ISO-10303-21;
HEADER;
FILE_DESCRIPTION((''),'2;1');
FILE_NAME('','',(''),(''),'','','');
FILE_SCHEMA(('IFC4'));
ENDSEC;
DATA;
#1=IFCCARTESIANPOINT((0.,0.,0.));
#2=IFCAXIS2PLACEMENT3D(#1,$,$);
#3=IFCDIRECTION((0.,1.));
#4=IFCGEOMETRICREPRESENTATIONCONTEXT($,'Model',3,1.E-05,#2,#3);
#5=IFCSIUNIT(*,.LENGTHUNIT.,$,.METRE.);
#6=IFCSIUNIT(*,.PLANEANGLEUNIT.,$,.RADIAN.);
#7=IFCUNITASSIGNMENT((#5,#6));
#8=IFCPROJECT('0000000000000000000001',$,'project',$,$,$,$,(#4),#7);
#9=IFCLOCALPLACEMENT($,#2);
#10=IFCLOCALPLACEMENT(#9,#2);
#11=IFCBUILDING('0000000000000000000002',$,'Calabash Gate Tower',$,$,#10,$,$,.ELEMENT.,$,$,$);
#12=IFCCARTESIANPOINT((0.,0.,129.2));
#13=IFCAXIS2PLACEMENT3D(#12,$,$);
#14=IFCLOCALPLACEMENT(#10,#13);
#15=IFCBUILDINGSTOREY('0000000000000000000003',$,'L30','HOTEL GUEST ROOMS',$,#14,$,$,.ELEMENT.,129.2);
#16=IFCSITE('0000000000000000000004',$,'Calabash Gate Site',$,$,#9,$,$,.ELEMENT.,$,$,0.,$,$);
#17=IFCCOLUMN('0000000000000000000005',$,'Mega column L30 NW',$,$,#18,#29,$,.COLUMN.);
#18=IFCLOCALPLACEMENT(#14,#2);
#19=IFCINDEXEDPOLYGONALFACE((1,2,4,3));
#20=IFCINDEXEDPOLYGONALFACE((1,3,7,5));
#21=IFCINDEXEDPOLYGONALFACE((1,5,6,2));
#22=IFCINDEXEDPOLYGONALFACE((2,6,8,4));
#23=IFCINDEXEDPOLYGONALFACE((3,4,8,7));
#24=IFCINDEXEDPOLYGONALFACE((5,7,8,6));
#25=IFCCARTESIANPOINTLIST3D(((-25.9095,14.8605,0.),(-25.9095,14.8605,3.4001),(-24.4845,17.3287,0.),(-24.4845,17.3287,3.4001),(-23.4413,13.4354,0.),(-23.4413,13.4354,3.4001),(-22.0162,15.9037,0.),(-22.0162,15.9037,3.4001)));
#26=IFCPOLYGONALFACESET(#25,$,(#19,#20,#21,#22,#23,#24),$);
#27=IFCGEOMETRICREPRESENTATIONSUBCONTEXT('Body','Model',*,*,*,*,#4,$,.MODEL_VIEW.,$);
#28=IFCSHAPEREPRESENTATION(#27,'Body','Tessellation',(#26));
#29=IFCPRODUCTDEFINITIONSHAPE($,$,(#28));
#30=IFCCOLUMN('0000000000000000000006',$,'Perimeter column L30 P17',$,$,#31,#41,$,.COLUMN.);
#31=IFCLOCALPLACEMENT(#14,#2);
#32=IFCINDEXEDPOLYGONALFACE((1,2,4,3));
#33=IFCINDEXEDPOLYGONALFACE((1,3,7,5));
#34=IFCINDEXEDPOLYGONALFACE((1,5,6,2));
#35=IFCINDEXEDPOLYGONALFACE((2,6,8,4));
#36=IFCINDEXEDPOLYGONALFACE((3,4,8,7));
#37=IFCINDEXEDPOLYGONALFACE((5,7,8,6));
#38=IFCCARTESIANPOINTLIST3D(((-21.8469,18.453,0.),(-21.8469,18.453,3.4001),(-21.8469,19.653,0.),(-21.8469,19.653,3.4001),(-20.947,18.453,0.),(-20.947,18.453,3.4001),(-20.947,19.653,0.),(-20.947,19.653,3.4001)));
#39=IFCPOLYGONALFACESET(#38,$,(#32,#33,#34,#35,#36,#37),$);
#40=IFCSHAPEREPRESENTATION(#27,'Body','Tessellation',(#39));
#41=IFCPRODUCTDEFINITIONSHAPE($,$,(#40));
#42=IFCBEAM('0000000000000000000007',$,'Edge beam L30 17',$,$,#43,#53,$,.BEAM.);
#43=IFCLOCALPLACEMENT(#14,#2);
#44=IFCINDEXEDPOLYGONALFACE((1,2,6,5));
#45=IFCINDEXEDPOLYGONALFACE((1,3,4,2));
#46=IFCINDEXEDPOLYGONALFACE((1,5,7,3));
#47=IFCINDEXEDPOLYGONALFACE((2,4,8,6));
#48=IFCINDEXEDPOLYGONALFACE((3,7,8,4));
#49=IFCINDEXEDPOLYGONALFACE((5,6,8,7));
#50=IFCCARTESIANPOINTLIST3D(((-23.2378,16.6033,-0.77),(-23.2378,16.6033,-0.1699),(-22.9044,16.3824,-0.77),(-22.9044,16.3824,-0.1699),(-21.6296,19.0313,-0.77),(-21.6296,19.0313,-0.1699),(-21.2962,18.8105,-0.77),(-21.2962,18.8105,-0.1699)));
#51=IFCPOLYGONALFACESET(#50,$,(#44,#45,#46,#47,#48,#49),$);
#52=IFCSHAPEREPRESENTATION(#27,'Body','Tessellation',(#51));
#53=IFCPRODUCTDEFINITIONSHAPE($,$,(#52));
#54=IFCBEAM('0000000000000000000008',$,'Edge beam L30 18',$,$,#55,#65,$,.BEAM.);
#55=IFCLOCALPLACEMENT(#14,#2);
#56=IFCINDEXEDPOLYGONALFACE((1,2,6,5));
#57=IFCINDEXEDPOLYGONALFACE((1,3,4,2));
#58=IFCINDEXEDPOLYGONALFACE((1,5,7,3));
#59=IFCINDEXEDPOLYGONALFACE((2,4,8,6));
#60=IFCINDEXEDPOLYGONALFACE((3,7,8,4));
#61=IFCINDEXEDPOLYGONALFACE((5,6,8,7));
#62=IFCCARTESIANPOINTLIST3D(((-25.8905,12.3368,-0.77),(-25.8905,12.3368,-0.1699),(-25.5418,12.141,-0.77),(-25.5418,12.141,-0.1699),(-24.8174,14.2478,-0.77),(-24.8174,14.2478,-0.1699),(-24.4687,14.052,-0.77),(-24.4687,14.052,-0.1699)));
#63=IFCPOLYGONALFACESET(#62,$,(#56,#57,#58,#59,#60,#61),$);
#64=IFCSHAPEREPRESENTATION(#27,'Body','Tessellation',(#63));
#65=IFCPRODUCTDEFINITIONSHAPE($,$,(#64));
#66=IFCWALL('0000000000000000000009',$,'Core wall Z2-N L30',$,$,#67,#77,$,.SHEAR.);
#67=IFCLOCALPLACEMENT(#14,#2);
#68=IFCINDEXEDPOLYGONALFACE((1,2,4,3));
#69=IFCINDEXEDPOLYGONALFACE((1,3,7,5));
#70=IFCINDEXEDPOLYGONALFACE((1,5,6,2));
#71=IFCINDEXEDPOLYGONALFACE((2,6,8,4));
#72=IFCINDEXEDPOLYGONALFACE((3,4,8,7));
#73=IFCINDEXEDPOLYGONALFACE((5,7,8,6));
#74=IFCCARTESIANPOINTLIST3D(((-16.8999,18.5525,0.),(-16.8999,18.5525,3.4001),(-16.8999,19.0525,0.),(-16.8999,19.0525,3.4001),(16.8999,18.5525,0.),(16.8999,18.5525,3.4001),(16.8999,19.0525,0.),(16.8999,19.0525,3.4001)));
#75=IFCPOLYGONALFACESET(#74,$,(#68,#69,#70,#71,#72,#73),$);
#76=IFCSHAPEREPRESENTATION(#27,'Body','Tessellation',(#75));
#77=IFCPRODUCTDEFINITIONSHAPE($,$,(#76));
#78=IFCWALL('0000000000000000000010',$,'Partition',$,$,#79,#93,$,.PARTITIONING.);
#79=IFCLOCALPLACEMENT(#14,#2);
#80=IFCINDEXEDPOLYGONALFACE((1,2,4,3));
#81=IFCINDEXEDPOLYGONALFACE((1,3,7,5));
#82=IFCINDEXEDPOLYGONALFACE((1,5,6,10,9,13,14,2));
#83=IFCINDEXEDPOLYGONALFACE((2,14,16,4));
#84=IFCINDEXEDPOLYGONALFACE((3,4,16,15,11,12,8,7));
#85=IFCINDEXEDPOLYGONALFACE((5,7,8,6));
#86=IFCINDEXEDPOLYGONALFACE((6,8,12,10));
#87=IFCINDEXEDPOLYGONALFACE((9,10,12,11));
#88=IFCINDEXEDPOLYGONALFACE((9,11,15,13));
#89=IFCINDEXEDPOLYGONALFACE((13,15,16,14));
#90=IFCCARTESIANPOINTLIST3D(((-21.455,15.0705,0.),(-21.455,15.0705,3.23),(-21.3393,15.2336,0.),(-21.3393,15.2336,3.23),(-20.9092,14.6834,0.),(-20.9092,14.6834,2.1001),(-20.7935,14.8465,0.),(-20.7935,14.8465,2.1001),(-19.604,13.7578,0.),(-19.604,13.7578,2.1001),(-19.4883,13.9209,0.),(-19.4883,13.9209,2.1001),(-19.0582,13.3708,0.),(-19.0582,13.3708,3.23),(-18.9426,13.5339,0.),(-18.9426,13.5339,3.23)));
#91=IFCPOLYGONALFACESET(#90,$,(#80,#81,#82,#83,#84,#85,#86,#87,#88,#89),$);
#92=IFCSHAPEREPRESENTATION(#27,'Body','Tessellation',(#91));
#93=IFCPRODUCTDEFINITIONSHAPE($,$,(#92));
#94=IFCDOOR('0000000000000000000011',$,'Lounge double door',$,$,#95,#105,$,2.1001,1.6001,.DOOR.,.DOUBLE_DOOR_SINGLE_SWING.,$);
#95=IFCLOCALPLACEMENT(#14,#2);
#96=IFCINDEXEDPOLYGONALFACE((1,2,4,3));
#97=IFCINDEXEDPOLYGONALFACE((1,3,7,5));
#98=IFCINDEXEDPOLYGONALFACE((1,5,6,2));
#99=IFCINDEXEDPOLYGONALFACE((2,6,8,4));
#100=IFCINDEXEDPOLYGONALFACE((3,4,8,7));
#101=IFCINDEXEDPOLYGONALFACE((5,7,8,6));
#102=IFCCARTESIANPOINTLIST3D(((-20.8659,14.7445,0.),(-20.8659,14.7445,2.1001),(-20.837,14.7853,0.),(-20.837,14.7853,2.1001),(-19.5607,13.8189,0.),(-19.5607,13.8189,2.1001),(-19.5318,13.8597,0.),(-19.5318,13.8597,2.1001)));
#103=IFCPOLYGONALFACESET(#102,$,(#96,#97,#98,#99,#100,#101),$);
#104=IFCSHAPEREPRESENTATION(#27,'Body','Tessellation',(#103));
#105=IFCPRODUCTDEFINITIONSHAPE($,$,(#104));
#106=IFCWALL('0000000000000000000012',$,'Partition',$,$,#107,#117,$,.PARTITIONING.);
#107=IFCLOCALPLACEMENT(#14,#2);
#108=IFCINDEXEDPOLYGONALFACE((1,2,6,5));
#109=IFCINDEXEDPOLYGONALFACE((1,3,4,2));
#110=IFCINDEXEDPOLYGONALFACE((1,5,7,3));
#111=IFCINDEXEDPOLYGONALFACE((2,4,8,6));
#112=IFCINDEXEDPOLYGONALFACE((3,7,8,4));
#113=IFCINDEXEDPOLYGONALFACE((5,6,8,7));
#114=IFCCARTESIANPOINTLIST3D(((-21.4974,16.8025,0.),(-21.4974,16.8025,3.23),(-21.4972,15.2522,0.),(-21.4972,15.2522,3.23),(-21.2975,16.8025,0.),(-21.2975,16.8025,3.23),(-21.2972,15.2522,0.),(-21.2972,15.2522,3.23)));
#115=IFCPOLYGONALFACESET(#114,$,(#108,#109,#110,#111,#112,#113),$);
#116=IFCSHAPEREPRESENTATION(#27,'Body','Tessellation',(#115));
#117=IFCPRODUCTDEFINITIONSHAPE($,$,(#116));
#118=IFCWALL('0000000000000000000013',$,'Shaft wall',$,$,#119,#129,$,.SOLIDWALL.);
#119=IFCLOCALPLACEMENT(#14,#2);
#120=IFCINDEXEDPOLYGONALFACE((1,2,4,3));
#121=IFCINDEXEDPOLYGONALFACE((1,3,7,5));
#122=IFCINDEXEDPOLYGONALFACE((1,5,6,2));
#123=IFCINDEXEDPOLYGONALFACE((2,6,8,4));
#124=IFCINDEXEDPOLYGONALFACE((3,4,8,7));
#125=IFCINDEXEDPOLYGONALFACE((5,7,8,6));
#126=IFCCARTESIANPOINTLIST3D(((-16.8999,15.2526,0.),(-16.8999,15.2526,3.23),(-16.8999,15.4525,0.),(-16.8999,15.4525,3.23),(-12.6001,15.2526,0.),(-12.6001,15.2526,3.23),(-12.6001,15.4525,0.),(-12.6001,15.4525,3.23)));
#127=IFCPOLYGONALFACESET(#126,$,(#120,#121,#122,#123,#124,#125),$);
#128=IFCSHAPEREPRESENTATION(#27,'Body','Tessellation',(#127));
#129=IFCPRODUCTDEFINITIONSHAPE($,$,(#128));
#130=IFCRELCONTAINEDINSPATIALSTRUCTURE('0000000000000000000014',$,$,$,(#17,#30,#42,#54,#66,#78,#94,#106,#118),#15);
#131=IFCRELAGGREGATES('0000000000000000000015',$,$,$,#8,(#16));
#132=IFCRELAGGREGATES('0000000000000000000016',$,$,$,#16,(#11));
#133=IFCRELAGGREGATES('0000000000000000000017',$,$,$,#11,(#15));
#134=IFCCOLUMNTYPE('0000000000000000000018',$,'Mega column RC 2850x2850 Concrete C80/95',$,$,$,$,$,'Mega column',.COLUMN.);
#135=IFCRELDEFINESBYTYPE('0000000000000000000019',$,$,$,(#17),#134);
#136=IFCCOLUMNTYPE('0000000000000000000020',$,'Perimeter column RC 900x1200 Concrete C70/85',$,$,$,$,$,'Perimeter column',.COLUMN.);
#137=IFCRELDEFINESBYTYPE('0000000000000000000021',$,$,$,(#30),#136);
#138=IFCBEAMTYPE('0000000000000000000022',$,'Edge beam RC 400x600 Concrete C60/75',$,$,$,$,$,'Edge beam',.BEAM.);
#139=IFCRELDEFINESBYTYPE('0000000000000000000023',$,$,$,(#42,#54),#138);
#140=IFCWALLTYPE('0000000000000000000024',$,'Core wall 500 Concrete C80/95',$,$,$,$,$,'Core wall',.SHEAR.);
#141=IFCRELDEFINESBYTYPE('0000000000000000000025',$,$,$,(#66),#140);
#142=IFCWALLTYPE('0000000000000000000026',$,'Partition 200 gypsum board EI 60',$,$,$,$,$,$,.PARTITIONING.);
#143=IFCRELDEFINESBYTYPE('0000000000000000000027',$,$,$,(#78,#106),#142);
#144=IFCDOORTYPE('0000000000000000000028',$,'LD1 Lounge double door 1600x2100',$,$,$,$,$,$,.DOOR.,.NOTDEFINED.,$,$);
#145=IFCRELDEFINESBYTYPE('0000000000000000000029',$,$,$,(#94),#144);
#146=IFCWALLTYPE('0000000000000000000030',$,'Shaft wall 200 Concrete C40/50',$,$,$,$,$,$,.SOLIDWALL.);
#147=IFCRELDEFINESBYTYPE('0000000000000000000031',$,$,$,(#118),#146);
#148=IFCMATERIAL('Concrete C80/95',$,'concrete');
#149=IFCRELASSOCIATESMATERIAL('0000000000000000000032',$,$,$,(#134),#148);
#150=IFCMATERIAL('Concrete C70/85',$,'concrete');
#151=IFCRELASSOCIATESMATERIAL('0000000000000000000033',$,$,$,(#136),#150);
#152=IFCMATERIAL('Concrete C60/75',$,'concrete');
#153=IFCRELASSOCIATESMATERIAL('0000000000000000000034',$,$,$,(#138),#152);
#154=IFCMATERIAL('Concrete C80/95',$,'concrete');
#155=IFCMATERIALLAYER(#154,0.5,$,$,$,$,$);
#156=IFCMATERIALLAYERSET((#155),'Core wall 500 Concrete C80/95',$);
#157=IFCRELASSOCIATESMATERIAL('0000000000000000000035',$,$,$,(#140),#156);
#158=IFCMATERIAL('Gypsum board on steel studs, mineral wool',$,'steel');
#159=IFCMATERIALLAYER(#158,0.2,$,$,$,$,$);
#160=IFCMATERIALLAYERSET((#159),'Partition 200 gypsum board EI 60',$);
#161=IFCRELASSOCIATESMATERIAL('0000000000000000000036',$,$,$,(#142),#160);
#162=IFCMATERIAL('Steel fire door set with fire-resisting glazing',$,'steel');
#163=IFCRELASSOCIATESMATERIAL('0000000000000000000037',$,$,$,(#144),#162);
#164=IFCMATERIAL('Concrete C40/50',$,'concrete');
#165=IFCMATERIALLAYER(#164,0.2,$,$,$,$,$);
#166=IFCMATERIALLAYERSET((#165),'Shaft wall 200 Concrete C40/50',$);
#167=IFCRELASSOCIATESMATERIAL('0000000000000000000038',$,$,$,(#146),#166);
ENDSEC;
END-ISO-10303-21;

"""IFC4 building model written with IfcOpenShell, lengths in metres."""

from ifc_helpers import new_model, si_unit, direction, frame, frame_2d, origin, origin_2d, place, context, subcontext, project, spatial, rectangle, extrude, material, layer, layer_set, material_profile, profile_set, type_object, element, fill, save


model = new_model("IFC4")

# Units and contexts
model_context = context("Model", 3, precision=1e-05, world=origin(), true_north=direction((0.0, 1.0)))
body_context = subcontext(model_context, "Body", "Model", "MODEL_VIEW")
ifc_project = project(units=[si_unit("LENGTHUNIT", "METRE"), si_unit("PLANEANGLEUNIT", "RADIAN")], contexts=[model_context])

# Site, building, storey
site_placement = place(None, origin())
site = spatial("IfcSite", under=ifc_project, at=site_placement, Name="Calabash Gate Site", CompositionType="ELEMENT", RefElevation=0.0)
building_placement = place(site_placement, origin())
building = spatial("IfcBuilding", under=site, at=building_placement, Name="Calabash Gate Tower", CompositionType="ELEMENT")
storey_placement = place(building_placement, frame((0.0, 0.0, 129.2)))
storey = spatial("IfcBuildingStorey", under=building, at=storey_placement, Name="L30", Description="HOTEL GUEST ROOMS", CompositionType="ELEMENT", Elevation=129.2)

# Columns
ifc_material_1 = material(Name="Concrete C80/95", Category="concrete")
ifc_material_profile_1 = material_profile(ifc_material_1, rectangle(XDim=2.8501, YDim=2.8501, at=origin_2d()))
ifc_profile_set_1 = profile_set([ifc_material_profile_1], Name="Concrete C80/95")
column_type_1 = type_object("IfcColumnType", Name="Mega column RC 2850x2850 Concrete C80/95", ElementType="Mega column", PredefinedType="COLUMN", material=ifc_profile_set_1)
column_1_placement = place(storey_placement, frame((-23.9629, 15.3821, 0.0), z_axis=(0.0, 0.0, 1.0), x_axis=(0.866025, -0.5, 0.0)))
element("IfcColumn", 1, at=column_1_placement, inside=storey, type_object=column_type_1, Name="Mega column L30 NW", PredefinedType="COLUMN", context=body_context, shape_type="SweptSolid", body=[
    extrude(rectangle(XDim=2.8501, YDim=2.8501, at=origin_2d()), origin(), (0.0, 0.0, 1.0), 3.4001),
])
ifc_material_2 = material(Name="Concrete C70/85", Category="concrete")
ifc_material_profile_2 = material_profile(ifc_material_2, rectangle(XDim=0.8999, YDim=1.2, at=origin_2d()))
ifc_profile_set_2 = profile_set([ifc_material_profile_2], Name="Concrete C70/85")
column_type_2 = type_object("IfcColumnType", Name="Perimeter column RC 900x1200 Concrete C70/85", ElementType="Perimeter column", PredefinedType="COLUMN", material=ifc_profile_set_2)
column_2_placement = place(storey_placement, frame((-21.397, 19.053, 0.0), z_axis=(0.0, 0.0, 1.0), x_axis=(-1.0, 0.0, 0.0)))
element("IfcColumn", 2, at=column_2_placement, inside=storey, type_object=column_type_2, Name="Perimeter column L30 P17", PredefinedType="COLUMN", context=body_context, shape_type="SweptSolid", body=[
    extrude(rectangle(XDim=0.8999, YDim=1.2, at=origin_2d()), origin(), (0.0, 0.0, 1.0), 3.4001),
])

# Beams
ifc_material_3 = material(Name="Concrete C60/75", Category="concrete")
ifc_material_profile_3 = material_profile(ifc_material_3, rectangle(XDim=0.3999, YDim=0.6001, at=origin_2d()))
ifc_profile_set_3 = profile_set([ifc_material_profile_3], Name="Concrete C60/75")
beam_type = type_object("IfcBeamType", Name="Edge beam RC 400x600 Concrete C60/75", ElementType="Edge beam", PredefinedType="BEAM", material=ifc_profile_set_3)
beam_1_placement = place(storey_placement, frame((-21.4629, 18.9209, -0.47), z_axis=(-0.552202, -0.83371, 0.0), x_axis=(0.83371, -0.552202, 0.0)))
element("IfcBeam", 3, at=beam_1_placement, inside=storey, type_object=beam_type, Name="Edge beam L30 17", PredefinedType="BEAM", context=body_context, shape_type="SweptSolid", body=[
    extrude(rectangle(XDim=0.3999, YDim=0.6001, at=origin_2d()), origin(), (0.0, 0.0, 1.0), 2.9124),
])
beam_2_placement = place(storey_placement, frame((-24.6431, 14.1499, -0.47), z_axis=(-0.489611, -0.871941, 0.0), x_axis=(0.871941, -0.489611, 0.0)))
element("IfcBeam", 4, at=beam_2_placement, inside=storey, type_object=beam_type, Name="Edge beam L30 18", PredefinedType="BEAM", context=body_context, shape_type="SweptSolid", body=[
    extrude(rectangle(XDim=0.3999, YDim=0.6001, at=origin_2d()), origin(), (0.0, 0.0, 1.0), 2.1917),
])

# Wall
ifc_material_4 = material(Name="Concrete C80/95", Category="concrete")
ifc_layer_1 = layer(ifc_material_4, 0.5)
ifc_layer_set_1 = layer_set([ifc_layer_1], Name="Core wall 500 Concrete C80/95")
wall_type_1 = type_object("IfcWallType", Name="Core wall 500 Concrete C80/95", ElementType="Core wall", PredefinedType="SHEAR", material=ifc_layer_set_1)
wall_1_placement = place(storey_placement, frame((-16.8999, 18.8025, 0.0), z_axis=(0.0, 0.0, 1.0), x_axis=(1.0, 0.0, 0.0)))
element("IfcWall", 5, at=wall_1_placement, inside=storey, type_object=wall_type_1, Name="Core wall Z2-N L30", PredefinedType="SHEAR", context=body_context, shape_type="SweptSolid", body=[
    extrude(rectangle(XDim=33.7998, YDim=0.5, at=frame_2d((16.8999, 0.0))), origin(), (0.0, 0.0, 1.0), 3.4001),
])

# Wall, opening, door
ifc_material_5 = material(Name="Gypsum board on steel studs, mineral wool", Category="steel")
ifc_layer_2 = layer(ifc_material_5, 0.2)
ifc_layer_set_2 = layer_set([ifc_layer_2], Name="Partition 200 gypsum board EI 60")
wall_type_2 = type_object("IfcWallType", Name="Partition 200 gypsum board EI 60", PredefinedType="PARTITIONING", material=ifc_layer_set_2)
wall_2_placement = place(storey_placement, frame((-21.3972, 15.1521, 0.0), z_axis=(0.0, 0.0, 1.0), x_axis=(0.815699, -0.578476, 0.0)))
wall_2 = element("IfcWall", 6, at=wall_2_placement, inside=storey, type_object=wall_type_2, Name="Partition", PredefinedType="PARTITIONING", context=body_context, shape_type="SweptSolid", body=[
    extrude(rectangle(XDim=2.9382, YDim=0.2, at=frame_2d((1.4692, 0.0))), origin(), (0.0, 0.0, 1.0), 3.23),
])
opening_1_placement = place(wall_2_placement, frame((0.6692, 0.0, 0.0)))
opening_1 = element("IfcOpeningElement", 7, at=opening_1_placement, cuts=wall_2, PredefinedType="OPENING", context=body_context, shape_type="SweptSolid", body=[
    extrude(rectangle(XDim=1.6001, YDim=2.1001, at=frame_2d((0.8, 1.05))), frame((0.0, 0.1099, 0.0), z_axis=(0.0, -1.0, 0.0), x_axis=(1.0, 0.0, 0.0)), (0.0, 0.0, 1.0), 0.22),
])
ifc_material_6 = material(Name="Steel fire door set with fire-resisting glazing", Category="steel")
door_type_1 = type_object("IfcDoorType", Name="LD1 Lounge double door 1600x2100", OperationType="NOTDEFINED", PredefinedType="DOOR", material=ifc_material_6)
door_1_placement = place(opening_1_placement, origin())
door_1 = element("IfcDoor", 8, at=door_1_placement, inside=storey, type_object=door_type_1, Name="Lounge double door", OperationType="DOUBLE_DOOR_SINGLE_SWING", OverallHeight=2.1001, OverallWidth=1.6001, PredefinedType="DOOR", context=body_context, shape_type="SweptSolid", body=[
    extrude(rectangle(XDim=1.6001, YDim=2.1001, at=frame_2d((0.8, 1.05))), frame((0.0, 0.0249, 0.0), z_axis=(0.0, -1.0, 0.0), x_axis=(1.0, 0.0, 0.0)), (0.0, 0.0, 1.0), 0.05),
])
fill(opening_1, door_1)

# Walls
wall_3_placement = place(storey_placement, frame((-21.3975, 16.8025, 0.0), z_axis=(0.0, 0.0, 1.0), x_axis=(0.000157, -1.0, 0.0)))
element("IfcWall", 9, at=wall_3_placement, inside=storey, type_object=wall_type_2, Name="Partition", PredefinedType="PARTITIONING", context=body_context, shape_type="SweptSolid", body=[
    extrude(rectangle(XDim=1.5503, YDim=0.2, at=frame_2d((0.7751, 0.0))), origin(), (0.0, 0.0, 1.0), 3.23),
])
ifc_material_7 = material(Name="Concrete C40/50", Category="concrete")
ifc_layer_3 = layer(ifc_material_7, 0.2)
ifc_layer_set_3 = layer_set([ifc_layer_3], Name="Shaft wall 200 Concrete C40/50")
wall_type_3 = type_object("IfcWallType", Name="Shaft wall 200 Concrete C40/50", PredefinedType="SOLIDWALL", material=ifc_layer_set_3)
wall_4_placement = place(storey_placement, frame((-16.8999, 15.3525, 0.0), z_axis=(0.0, 0.0, 1.0), x_axis=(1.0, 0.0, 0.0)))
element("IfcWall", 10, at=wall_4_placement, inside=storey, type_object=wall_type_3, Name="Shaft wall", PredefinedType="SOLIDWALL", context=body_context, shape_type="SweptSolid", body=[
    extrude(rectangle(XDim=4.2998, YDim=0.2, at=frame_2d((2.1499, 0.0))), origin(), (0.0, 0.0, 1.0), 3.23),
])

save(model, "model.ifc")
